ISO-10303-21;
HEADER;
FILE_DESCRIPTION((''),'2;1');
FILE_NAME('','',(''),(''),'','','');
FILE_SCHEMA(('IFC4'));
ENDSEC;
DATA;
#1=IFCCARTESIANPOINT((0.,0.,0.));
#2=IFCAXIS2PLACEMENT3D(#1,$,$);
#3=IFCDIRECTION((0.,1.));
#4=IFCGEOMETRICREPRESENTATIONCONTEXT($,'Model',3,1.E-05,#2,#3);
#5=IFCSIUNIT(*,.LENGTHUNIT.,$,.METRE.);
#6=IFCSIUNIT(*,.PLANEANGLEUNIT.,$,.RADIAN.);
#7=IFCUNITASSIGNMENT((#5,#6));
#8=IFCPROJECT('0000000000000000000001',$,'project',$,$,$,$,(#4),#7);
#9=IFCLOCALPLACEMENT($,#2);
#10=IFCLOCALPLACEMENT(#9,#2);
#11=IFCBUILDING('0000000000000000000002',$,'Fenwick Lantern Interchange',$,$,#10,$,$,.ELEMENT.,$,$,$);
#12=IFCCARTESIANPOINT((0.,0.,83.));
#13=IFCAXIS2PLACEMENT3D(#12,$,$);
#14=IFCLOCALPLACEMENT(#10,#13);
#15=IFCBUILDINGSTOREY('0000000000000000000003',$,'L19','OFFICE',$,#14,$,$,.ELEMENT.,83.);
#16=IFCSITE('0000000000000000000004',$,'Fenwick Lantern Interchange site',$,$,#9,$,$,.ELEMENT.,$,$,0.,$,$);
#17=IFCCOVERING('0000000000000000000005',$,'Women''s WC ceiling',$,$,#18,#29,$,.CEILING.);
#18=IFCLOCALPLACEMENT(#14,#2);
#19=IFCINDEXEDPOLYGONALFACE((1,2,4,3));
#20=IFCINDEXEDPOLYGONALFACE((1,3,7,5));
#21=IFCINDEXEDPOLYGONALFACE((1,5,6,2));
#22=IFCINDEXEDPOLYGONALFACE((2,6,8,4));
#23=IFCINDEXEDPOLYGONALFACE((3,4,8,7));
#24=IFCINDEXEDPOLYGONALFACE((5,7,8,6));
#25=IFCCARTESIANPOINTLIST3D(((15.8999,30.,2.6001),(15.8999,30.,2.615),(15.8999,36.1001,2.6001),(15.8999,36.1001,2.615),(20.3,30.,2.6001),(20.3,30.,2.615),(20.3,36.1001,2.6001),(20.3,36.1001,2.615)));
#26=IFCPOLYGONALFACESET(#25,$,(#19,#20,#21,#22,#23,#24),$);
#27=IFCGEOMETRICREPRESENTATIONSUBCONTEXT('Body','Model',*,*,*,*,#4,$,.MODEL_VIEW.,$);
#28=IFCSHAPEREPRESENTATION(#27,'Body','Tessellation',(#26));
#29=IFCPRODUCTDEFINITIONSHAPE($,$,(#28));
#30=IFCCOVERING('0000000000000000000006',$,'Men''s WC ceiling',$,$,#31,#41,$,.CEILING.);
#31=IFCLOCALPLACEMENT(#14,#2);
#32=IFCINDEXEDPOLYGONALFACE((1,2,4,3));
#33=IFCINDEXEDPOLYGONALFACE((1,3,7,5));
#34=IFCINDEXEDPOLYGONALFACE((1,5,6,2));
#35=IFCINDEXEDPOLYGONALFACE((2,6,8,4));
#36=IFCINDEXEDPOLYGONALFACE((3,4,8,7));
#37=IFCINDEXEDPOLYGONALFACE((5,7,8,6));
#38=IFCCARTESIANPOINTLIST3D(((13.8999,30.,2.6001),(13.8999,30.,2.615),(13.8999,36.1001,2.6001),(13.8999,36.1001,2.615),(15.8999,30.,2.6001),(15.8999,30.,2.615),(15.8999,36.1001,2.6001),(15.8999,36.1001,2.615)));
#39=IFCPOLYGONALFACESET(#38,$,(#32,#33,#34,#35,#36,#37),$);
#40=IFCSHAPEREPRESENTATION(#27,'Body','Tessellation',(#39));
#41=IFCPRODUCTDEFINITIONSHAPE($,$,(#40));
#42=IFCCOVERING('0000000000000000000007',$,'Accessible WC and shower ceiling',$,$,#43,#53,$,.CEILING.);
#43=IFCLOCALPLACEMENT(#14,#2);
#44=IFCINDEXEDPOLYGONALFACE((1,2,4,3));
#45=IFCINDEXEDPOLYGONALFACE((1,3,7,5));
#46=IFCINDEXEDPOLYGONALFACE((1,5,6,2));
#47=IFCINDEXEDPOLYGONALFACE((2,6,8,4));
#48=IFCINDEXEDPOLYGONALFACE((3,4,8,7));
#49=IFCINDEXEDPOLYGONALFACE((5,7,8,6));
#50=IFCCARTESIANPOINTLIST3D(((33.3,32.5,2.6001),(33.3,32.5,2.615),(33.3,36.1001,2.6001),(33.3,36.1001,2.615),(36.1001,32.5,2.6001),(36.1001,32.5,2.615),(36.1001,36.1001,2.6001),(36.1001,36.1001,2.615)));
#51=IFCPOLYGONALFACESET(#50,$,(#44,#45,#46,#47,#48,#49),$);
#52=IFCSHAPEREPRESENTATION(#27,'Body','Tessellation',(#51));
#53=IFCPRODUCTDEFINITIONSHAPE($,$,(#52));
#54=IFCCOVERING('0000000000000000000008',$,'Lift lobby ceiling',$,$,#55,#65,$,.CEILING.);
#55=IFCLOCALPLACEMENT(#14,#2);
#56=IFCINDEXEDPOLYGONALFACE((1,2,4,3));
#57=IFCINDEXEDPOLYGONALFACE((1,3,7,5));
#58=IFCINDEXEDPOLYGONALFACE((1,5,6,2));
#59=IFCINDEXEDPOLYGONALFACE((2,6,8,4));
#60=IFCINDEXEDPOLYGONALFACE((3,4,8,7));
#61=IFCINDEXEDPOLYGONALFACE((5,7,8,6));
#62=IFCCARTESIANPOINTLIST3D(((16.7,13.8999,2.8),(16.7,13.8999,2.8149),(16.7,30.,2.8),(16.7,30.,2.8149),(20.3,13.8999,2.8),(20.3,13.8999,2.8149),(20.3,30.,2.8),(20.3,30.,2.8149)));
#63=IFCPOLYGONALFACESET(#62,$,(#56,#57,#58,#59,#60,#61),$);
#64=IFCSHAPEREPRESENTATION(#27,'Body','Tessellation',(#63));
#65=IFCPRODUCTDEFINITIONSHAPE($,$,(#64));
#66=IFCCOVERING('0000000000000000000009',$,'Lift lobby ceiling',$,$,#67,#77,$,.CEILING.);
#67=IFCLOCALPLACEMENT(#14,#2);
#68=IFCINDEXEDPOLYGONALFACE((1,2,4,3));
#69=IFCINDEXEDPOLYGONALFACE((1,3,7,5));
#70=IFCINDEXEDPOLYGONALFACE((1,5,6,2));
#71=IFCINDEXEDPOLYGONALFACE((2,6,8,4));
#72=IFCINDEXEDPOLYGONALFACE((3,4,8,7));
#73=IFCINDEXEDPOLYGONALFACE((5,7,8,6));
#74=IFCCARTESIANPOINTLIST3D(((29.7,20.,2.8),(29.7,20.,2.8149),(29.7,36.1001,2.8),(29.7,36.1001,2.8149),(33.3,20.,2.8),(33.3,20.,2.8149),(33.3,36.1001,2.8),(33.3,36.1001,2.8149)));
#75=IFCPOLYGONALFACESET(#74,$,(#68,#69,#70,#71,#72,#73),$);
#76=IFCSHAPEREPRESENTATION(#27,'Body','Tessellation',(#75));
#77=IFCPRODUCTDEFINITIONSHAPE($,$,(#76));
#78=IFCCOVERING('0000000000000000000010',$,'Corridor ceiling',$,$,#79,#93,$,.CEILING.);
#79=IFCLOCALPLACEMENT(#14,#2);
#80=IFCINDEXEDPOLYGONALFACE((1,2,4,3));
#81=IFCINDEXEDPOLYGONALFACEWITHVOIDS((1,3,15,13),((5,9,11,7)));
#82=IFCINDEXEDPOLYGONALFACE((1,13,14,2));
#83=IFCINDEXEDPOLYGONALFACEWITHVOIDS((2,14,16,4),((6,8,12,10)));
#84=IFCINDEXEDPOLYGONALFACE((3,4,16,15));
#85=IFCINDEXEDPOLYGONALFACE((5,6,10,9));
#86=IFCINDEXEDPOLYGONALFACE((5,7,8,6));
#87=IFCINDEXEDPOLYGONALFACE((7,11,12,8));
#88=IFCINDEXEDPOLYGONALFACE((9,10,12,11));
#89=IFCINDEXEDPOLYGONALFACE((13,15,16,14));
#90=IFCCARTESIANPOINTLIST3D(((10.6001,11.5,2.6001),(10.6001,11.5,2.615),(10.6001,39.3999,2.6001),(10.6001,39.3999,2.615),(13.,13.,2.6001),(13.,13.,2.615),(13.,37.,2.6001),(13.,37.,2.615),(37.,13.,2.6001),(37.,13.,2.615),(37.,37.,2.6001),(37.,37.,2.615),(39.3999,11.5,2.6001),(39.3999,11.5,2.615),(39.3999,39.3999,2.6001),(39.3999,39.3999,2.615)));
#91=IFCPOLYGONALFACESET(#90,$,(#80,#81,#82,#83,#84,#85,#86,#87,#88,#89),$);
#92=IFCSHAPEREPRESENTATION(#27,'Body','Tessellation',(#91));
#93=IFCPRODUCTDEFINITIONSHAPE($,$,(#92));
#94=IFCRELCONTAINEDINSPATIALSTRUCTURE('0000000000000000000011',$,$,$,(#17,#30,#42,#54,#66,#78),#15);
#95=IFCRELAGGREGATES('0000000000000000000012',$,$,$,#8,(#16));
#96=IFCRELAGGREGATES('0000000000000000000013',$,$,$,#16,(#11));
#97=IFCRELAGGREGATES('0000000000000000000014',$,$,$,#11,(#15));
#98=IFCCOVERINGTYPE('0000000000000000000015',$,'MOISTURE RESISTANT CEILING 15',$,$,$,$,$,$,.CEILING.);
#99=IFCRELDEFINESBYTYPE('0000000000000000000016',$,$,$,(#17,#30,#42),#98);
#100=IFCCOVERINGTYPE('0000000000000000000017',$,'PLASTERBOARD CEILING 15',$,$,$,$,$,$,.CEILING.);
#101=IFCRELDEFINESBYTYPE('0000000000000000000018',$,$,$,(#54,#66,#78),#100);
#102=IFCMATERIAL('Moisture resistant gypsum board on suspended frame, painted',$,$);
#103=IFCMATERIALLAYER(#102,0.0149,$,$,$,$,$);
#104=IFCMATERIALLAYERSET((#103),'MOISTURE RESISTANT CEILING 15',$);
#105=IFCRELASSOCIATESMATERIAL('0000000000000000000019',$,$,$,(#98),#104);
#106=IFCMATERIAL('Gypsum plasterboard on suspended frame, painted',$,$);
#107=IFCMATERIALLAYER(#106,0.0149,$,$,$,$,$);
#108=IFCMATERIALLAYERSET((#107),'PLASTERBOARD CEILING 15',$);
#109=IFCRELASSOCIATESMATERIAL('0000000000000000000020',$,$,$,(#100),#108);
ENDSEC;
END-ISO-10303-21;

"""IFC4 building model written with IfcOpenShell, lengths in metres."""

from ifc_helpers import new_model, si_unit, direction, frame, origin, place, context, subcontext, project, spatial, polyline, outline, extrude, material, layer, layer_set, type_object, element, save


model = new_model("IFC4")

# Units and contexts
model_context = context("Model", 3, precision=1e-05, world=origin(), true_north=direction((0.0, 1.0)))
body_context = subcontext(model_context, "Body", "Model", "MODEL_VIEW")
ifc_project = project(units=[si_unit("LENGTHUNIT", "METRE"), si_unit("PLANEANGLEUNIT", "RADIAN")], contexts=[model_context])

# Site, building, storey
site_placement = place(None, origin())
site = spatial("IfcSite", under=ifc_project, at=site_placement, Name="Fenwick Lantern Interchange site", CompositionType="ELEMENT", RefElevation=0.0)
building_placement = place(site_placement, origin())
building = spatial("IfcBuilding", under=site, at=building_placement, Name="Fenwick Lantern Interchange", CompositionType="ELEMENT")
storey_placement = place(building_placement, frame((0.0, 0.0, 83.0)))
storey = spatial("IfcBuildingStorey", under=building, at=storey_placement, Name="L19", Description="OFFICE", CompositionType="ELEMENT", Elevation=83.0)

# Coverings
ifc_material_1 = material(Name="Moisture resistant gypsum board on suspended frame, painted")
ifc_layer_1 = layer(ifc_material_1, 0.0149)
ifc_layer_set_1 = layer_set([ifc_layer_1], Name="MOISTURE RESISTANT CEILING 15")
covering_type_1 = type_object("IfcCoveringType", Name="MOISTURE RESISTANT CEILING 15", PredefinedType="CEILING", material=ifc_layer_set_1)
covering_1_placement = place(storey_placement, frame((0.0, 0.0, 2.6001)))
element("IfcCovering", 1, at=covering_1_placement, inside=storey, type_object=covering_type_1, Name="Women's WC ceiling", PredefinedType="CEILING", context=body_context, shape_type="SweptSolid", body=[
    extrude(outline(polyline([(20.3, 36.1001), (15.8999, 36.1001), (15.8999, 30.0), (20.3, 30.0), (20.3, 36.1001)])), origin(), (0.0, 0.0, 1.0), 0.0149),
])
covering_2_placement = place(storey_placement, frame((0.0, 0.0, 2.6001)))
element("IfcCovering", 2, at=covering_2_placement, inside=storey, type_object=covering_type_1, Name="Men's WC ceiling", PredefinedType="CEILING", context=body_context, shape_type="SweptSolid", body=[
    extrude(outline(polyline([(15.8999, 36.1001), (13.8999, 36.1001), (13.8999, 30.0), (15.8999, 30.0), (15.8999, 36.1001)])), origin(), (0.0, 0.0, 1.0), 0.0149),
])
covering_3_placement = place(storey_placement, frame((0.0, 0.0, 2.6001)))
element("IfcCovering", 3, at=covering_3_placement, inside=storey, type_object=covering_type_1, Name="Accessible WC and shower ceiling", PredefinedType="CEILING", context=body_context, shape_type="SweptSolid", body=[
    extrude(outline(polyline([(36.1001, 36.1001), (33.3, 36.1001), (33.3, 32.5), (36.1001, 32.5), (36.1001, 36.1001)])), origin(), (0.0, 0.0, 1.0), 0.0149),
])
ifc_material_2 = material(Name="Gypsum plasterboard on suspended frame, painted")
ifc_layer_2 = layer(ifc_material_2, 0.0149)
ifc_layer_set_2 = layer_set([ifc_layer_2], Name="PLASTERBOARD CEILING 15")
covering_type_2 = type_object("IfcCoveringType", Name="PLASTERBOARD CEILING 15", PredefinedType="CEILING", material=ifc_layer_set_2)
covering_4_placement = place(storey_placement, frame((0.0, 0.0, 2.8)))
element("IfcCovering", 4, at=covering_4_placement, inside=storey, type_object=covering_type_2, Name="Lift lobby ceiling", PredefinedType="CEILING", context=body_context, shape_type="SweptSolid", body=[
    extrude(outline(polyline([(16.7, 13.8999), (20.3, 13.8999), (20.3, 30.0), (16.7, 30.0), (16.7, 13.8999)])), origin(), (0.0, 0.0, 1.0), 0.0149),
])
covering_5_placement = place(storey_placement, frame((0.0, 0.0, 2.8)))
element("IfcCovering", 5, at=covering_5_placement, inside=storey, type_object=covering_type_2, Name="Lift lobby ceiling", PredefinedType="CEILING", context=body_context, shape_type="SweptSolid", body=[
    extrude(outline(polyline([(33.3, 36.1001), (29.7, 36.1001), (29.7, 20.0), (33.3, 20.0), (33.3, 36.1001)])), origin(), (0.0, 0.0, 1.0), 0.0149),
])
covering_6_placement = place(storey_placement, frame((0.0, 0.0, 2.6001)))
element("IfcCovering", 6, at=covering_6_placement, inside=storey, type_object=covering_type_2, Name="Corridor ceiling", PredefinedType="CEILING", context=body_context, shape_type="SweptSolid", body=[
    extrude(outline(polyline([(10.6001, 11.5), (39.3999, 11.5), (39.3999, 39.3999), (10.6001, 39.3999), (10.6001, 11.5)]), holes=[polyline([(13.0, 13.0), (13.0, 37.0), (37.0, 37.0), (37.0, 13.0), (13.0, 13.0)])]), origin(), (0.0, 0.0, 1.0), 0.0149),
])

save(model, "model.ifc")
